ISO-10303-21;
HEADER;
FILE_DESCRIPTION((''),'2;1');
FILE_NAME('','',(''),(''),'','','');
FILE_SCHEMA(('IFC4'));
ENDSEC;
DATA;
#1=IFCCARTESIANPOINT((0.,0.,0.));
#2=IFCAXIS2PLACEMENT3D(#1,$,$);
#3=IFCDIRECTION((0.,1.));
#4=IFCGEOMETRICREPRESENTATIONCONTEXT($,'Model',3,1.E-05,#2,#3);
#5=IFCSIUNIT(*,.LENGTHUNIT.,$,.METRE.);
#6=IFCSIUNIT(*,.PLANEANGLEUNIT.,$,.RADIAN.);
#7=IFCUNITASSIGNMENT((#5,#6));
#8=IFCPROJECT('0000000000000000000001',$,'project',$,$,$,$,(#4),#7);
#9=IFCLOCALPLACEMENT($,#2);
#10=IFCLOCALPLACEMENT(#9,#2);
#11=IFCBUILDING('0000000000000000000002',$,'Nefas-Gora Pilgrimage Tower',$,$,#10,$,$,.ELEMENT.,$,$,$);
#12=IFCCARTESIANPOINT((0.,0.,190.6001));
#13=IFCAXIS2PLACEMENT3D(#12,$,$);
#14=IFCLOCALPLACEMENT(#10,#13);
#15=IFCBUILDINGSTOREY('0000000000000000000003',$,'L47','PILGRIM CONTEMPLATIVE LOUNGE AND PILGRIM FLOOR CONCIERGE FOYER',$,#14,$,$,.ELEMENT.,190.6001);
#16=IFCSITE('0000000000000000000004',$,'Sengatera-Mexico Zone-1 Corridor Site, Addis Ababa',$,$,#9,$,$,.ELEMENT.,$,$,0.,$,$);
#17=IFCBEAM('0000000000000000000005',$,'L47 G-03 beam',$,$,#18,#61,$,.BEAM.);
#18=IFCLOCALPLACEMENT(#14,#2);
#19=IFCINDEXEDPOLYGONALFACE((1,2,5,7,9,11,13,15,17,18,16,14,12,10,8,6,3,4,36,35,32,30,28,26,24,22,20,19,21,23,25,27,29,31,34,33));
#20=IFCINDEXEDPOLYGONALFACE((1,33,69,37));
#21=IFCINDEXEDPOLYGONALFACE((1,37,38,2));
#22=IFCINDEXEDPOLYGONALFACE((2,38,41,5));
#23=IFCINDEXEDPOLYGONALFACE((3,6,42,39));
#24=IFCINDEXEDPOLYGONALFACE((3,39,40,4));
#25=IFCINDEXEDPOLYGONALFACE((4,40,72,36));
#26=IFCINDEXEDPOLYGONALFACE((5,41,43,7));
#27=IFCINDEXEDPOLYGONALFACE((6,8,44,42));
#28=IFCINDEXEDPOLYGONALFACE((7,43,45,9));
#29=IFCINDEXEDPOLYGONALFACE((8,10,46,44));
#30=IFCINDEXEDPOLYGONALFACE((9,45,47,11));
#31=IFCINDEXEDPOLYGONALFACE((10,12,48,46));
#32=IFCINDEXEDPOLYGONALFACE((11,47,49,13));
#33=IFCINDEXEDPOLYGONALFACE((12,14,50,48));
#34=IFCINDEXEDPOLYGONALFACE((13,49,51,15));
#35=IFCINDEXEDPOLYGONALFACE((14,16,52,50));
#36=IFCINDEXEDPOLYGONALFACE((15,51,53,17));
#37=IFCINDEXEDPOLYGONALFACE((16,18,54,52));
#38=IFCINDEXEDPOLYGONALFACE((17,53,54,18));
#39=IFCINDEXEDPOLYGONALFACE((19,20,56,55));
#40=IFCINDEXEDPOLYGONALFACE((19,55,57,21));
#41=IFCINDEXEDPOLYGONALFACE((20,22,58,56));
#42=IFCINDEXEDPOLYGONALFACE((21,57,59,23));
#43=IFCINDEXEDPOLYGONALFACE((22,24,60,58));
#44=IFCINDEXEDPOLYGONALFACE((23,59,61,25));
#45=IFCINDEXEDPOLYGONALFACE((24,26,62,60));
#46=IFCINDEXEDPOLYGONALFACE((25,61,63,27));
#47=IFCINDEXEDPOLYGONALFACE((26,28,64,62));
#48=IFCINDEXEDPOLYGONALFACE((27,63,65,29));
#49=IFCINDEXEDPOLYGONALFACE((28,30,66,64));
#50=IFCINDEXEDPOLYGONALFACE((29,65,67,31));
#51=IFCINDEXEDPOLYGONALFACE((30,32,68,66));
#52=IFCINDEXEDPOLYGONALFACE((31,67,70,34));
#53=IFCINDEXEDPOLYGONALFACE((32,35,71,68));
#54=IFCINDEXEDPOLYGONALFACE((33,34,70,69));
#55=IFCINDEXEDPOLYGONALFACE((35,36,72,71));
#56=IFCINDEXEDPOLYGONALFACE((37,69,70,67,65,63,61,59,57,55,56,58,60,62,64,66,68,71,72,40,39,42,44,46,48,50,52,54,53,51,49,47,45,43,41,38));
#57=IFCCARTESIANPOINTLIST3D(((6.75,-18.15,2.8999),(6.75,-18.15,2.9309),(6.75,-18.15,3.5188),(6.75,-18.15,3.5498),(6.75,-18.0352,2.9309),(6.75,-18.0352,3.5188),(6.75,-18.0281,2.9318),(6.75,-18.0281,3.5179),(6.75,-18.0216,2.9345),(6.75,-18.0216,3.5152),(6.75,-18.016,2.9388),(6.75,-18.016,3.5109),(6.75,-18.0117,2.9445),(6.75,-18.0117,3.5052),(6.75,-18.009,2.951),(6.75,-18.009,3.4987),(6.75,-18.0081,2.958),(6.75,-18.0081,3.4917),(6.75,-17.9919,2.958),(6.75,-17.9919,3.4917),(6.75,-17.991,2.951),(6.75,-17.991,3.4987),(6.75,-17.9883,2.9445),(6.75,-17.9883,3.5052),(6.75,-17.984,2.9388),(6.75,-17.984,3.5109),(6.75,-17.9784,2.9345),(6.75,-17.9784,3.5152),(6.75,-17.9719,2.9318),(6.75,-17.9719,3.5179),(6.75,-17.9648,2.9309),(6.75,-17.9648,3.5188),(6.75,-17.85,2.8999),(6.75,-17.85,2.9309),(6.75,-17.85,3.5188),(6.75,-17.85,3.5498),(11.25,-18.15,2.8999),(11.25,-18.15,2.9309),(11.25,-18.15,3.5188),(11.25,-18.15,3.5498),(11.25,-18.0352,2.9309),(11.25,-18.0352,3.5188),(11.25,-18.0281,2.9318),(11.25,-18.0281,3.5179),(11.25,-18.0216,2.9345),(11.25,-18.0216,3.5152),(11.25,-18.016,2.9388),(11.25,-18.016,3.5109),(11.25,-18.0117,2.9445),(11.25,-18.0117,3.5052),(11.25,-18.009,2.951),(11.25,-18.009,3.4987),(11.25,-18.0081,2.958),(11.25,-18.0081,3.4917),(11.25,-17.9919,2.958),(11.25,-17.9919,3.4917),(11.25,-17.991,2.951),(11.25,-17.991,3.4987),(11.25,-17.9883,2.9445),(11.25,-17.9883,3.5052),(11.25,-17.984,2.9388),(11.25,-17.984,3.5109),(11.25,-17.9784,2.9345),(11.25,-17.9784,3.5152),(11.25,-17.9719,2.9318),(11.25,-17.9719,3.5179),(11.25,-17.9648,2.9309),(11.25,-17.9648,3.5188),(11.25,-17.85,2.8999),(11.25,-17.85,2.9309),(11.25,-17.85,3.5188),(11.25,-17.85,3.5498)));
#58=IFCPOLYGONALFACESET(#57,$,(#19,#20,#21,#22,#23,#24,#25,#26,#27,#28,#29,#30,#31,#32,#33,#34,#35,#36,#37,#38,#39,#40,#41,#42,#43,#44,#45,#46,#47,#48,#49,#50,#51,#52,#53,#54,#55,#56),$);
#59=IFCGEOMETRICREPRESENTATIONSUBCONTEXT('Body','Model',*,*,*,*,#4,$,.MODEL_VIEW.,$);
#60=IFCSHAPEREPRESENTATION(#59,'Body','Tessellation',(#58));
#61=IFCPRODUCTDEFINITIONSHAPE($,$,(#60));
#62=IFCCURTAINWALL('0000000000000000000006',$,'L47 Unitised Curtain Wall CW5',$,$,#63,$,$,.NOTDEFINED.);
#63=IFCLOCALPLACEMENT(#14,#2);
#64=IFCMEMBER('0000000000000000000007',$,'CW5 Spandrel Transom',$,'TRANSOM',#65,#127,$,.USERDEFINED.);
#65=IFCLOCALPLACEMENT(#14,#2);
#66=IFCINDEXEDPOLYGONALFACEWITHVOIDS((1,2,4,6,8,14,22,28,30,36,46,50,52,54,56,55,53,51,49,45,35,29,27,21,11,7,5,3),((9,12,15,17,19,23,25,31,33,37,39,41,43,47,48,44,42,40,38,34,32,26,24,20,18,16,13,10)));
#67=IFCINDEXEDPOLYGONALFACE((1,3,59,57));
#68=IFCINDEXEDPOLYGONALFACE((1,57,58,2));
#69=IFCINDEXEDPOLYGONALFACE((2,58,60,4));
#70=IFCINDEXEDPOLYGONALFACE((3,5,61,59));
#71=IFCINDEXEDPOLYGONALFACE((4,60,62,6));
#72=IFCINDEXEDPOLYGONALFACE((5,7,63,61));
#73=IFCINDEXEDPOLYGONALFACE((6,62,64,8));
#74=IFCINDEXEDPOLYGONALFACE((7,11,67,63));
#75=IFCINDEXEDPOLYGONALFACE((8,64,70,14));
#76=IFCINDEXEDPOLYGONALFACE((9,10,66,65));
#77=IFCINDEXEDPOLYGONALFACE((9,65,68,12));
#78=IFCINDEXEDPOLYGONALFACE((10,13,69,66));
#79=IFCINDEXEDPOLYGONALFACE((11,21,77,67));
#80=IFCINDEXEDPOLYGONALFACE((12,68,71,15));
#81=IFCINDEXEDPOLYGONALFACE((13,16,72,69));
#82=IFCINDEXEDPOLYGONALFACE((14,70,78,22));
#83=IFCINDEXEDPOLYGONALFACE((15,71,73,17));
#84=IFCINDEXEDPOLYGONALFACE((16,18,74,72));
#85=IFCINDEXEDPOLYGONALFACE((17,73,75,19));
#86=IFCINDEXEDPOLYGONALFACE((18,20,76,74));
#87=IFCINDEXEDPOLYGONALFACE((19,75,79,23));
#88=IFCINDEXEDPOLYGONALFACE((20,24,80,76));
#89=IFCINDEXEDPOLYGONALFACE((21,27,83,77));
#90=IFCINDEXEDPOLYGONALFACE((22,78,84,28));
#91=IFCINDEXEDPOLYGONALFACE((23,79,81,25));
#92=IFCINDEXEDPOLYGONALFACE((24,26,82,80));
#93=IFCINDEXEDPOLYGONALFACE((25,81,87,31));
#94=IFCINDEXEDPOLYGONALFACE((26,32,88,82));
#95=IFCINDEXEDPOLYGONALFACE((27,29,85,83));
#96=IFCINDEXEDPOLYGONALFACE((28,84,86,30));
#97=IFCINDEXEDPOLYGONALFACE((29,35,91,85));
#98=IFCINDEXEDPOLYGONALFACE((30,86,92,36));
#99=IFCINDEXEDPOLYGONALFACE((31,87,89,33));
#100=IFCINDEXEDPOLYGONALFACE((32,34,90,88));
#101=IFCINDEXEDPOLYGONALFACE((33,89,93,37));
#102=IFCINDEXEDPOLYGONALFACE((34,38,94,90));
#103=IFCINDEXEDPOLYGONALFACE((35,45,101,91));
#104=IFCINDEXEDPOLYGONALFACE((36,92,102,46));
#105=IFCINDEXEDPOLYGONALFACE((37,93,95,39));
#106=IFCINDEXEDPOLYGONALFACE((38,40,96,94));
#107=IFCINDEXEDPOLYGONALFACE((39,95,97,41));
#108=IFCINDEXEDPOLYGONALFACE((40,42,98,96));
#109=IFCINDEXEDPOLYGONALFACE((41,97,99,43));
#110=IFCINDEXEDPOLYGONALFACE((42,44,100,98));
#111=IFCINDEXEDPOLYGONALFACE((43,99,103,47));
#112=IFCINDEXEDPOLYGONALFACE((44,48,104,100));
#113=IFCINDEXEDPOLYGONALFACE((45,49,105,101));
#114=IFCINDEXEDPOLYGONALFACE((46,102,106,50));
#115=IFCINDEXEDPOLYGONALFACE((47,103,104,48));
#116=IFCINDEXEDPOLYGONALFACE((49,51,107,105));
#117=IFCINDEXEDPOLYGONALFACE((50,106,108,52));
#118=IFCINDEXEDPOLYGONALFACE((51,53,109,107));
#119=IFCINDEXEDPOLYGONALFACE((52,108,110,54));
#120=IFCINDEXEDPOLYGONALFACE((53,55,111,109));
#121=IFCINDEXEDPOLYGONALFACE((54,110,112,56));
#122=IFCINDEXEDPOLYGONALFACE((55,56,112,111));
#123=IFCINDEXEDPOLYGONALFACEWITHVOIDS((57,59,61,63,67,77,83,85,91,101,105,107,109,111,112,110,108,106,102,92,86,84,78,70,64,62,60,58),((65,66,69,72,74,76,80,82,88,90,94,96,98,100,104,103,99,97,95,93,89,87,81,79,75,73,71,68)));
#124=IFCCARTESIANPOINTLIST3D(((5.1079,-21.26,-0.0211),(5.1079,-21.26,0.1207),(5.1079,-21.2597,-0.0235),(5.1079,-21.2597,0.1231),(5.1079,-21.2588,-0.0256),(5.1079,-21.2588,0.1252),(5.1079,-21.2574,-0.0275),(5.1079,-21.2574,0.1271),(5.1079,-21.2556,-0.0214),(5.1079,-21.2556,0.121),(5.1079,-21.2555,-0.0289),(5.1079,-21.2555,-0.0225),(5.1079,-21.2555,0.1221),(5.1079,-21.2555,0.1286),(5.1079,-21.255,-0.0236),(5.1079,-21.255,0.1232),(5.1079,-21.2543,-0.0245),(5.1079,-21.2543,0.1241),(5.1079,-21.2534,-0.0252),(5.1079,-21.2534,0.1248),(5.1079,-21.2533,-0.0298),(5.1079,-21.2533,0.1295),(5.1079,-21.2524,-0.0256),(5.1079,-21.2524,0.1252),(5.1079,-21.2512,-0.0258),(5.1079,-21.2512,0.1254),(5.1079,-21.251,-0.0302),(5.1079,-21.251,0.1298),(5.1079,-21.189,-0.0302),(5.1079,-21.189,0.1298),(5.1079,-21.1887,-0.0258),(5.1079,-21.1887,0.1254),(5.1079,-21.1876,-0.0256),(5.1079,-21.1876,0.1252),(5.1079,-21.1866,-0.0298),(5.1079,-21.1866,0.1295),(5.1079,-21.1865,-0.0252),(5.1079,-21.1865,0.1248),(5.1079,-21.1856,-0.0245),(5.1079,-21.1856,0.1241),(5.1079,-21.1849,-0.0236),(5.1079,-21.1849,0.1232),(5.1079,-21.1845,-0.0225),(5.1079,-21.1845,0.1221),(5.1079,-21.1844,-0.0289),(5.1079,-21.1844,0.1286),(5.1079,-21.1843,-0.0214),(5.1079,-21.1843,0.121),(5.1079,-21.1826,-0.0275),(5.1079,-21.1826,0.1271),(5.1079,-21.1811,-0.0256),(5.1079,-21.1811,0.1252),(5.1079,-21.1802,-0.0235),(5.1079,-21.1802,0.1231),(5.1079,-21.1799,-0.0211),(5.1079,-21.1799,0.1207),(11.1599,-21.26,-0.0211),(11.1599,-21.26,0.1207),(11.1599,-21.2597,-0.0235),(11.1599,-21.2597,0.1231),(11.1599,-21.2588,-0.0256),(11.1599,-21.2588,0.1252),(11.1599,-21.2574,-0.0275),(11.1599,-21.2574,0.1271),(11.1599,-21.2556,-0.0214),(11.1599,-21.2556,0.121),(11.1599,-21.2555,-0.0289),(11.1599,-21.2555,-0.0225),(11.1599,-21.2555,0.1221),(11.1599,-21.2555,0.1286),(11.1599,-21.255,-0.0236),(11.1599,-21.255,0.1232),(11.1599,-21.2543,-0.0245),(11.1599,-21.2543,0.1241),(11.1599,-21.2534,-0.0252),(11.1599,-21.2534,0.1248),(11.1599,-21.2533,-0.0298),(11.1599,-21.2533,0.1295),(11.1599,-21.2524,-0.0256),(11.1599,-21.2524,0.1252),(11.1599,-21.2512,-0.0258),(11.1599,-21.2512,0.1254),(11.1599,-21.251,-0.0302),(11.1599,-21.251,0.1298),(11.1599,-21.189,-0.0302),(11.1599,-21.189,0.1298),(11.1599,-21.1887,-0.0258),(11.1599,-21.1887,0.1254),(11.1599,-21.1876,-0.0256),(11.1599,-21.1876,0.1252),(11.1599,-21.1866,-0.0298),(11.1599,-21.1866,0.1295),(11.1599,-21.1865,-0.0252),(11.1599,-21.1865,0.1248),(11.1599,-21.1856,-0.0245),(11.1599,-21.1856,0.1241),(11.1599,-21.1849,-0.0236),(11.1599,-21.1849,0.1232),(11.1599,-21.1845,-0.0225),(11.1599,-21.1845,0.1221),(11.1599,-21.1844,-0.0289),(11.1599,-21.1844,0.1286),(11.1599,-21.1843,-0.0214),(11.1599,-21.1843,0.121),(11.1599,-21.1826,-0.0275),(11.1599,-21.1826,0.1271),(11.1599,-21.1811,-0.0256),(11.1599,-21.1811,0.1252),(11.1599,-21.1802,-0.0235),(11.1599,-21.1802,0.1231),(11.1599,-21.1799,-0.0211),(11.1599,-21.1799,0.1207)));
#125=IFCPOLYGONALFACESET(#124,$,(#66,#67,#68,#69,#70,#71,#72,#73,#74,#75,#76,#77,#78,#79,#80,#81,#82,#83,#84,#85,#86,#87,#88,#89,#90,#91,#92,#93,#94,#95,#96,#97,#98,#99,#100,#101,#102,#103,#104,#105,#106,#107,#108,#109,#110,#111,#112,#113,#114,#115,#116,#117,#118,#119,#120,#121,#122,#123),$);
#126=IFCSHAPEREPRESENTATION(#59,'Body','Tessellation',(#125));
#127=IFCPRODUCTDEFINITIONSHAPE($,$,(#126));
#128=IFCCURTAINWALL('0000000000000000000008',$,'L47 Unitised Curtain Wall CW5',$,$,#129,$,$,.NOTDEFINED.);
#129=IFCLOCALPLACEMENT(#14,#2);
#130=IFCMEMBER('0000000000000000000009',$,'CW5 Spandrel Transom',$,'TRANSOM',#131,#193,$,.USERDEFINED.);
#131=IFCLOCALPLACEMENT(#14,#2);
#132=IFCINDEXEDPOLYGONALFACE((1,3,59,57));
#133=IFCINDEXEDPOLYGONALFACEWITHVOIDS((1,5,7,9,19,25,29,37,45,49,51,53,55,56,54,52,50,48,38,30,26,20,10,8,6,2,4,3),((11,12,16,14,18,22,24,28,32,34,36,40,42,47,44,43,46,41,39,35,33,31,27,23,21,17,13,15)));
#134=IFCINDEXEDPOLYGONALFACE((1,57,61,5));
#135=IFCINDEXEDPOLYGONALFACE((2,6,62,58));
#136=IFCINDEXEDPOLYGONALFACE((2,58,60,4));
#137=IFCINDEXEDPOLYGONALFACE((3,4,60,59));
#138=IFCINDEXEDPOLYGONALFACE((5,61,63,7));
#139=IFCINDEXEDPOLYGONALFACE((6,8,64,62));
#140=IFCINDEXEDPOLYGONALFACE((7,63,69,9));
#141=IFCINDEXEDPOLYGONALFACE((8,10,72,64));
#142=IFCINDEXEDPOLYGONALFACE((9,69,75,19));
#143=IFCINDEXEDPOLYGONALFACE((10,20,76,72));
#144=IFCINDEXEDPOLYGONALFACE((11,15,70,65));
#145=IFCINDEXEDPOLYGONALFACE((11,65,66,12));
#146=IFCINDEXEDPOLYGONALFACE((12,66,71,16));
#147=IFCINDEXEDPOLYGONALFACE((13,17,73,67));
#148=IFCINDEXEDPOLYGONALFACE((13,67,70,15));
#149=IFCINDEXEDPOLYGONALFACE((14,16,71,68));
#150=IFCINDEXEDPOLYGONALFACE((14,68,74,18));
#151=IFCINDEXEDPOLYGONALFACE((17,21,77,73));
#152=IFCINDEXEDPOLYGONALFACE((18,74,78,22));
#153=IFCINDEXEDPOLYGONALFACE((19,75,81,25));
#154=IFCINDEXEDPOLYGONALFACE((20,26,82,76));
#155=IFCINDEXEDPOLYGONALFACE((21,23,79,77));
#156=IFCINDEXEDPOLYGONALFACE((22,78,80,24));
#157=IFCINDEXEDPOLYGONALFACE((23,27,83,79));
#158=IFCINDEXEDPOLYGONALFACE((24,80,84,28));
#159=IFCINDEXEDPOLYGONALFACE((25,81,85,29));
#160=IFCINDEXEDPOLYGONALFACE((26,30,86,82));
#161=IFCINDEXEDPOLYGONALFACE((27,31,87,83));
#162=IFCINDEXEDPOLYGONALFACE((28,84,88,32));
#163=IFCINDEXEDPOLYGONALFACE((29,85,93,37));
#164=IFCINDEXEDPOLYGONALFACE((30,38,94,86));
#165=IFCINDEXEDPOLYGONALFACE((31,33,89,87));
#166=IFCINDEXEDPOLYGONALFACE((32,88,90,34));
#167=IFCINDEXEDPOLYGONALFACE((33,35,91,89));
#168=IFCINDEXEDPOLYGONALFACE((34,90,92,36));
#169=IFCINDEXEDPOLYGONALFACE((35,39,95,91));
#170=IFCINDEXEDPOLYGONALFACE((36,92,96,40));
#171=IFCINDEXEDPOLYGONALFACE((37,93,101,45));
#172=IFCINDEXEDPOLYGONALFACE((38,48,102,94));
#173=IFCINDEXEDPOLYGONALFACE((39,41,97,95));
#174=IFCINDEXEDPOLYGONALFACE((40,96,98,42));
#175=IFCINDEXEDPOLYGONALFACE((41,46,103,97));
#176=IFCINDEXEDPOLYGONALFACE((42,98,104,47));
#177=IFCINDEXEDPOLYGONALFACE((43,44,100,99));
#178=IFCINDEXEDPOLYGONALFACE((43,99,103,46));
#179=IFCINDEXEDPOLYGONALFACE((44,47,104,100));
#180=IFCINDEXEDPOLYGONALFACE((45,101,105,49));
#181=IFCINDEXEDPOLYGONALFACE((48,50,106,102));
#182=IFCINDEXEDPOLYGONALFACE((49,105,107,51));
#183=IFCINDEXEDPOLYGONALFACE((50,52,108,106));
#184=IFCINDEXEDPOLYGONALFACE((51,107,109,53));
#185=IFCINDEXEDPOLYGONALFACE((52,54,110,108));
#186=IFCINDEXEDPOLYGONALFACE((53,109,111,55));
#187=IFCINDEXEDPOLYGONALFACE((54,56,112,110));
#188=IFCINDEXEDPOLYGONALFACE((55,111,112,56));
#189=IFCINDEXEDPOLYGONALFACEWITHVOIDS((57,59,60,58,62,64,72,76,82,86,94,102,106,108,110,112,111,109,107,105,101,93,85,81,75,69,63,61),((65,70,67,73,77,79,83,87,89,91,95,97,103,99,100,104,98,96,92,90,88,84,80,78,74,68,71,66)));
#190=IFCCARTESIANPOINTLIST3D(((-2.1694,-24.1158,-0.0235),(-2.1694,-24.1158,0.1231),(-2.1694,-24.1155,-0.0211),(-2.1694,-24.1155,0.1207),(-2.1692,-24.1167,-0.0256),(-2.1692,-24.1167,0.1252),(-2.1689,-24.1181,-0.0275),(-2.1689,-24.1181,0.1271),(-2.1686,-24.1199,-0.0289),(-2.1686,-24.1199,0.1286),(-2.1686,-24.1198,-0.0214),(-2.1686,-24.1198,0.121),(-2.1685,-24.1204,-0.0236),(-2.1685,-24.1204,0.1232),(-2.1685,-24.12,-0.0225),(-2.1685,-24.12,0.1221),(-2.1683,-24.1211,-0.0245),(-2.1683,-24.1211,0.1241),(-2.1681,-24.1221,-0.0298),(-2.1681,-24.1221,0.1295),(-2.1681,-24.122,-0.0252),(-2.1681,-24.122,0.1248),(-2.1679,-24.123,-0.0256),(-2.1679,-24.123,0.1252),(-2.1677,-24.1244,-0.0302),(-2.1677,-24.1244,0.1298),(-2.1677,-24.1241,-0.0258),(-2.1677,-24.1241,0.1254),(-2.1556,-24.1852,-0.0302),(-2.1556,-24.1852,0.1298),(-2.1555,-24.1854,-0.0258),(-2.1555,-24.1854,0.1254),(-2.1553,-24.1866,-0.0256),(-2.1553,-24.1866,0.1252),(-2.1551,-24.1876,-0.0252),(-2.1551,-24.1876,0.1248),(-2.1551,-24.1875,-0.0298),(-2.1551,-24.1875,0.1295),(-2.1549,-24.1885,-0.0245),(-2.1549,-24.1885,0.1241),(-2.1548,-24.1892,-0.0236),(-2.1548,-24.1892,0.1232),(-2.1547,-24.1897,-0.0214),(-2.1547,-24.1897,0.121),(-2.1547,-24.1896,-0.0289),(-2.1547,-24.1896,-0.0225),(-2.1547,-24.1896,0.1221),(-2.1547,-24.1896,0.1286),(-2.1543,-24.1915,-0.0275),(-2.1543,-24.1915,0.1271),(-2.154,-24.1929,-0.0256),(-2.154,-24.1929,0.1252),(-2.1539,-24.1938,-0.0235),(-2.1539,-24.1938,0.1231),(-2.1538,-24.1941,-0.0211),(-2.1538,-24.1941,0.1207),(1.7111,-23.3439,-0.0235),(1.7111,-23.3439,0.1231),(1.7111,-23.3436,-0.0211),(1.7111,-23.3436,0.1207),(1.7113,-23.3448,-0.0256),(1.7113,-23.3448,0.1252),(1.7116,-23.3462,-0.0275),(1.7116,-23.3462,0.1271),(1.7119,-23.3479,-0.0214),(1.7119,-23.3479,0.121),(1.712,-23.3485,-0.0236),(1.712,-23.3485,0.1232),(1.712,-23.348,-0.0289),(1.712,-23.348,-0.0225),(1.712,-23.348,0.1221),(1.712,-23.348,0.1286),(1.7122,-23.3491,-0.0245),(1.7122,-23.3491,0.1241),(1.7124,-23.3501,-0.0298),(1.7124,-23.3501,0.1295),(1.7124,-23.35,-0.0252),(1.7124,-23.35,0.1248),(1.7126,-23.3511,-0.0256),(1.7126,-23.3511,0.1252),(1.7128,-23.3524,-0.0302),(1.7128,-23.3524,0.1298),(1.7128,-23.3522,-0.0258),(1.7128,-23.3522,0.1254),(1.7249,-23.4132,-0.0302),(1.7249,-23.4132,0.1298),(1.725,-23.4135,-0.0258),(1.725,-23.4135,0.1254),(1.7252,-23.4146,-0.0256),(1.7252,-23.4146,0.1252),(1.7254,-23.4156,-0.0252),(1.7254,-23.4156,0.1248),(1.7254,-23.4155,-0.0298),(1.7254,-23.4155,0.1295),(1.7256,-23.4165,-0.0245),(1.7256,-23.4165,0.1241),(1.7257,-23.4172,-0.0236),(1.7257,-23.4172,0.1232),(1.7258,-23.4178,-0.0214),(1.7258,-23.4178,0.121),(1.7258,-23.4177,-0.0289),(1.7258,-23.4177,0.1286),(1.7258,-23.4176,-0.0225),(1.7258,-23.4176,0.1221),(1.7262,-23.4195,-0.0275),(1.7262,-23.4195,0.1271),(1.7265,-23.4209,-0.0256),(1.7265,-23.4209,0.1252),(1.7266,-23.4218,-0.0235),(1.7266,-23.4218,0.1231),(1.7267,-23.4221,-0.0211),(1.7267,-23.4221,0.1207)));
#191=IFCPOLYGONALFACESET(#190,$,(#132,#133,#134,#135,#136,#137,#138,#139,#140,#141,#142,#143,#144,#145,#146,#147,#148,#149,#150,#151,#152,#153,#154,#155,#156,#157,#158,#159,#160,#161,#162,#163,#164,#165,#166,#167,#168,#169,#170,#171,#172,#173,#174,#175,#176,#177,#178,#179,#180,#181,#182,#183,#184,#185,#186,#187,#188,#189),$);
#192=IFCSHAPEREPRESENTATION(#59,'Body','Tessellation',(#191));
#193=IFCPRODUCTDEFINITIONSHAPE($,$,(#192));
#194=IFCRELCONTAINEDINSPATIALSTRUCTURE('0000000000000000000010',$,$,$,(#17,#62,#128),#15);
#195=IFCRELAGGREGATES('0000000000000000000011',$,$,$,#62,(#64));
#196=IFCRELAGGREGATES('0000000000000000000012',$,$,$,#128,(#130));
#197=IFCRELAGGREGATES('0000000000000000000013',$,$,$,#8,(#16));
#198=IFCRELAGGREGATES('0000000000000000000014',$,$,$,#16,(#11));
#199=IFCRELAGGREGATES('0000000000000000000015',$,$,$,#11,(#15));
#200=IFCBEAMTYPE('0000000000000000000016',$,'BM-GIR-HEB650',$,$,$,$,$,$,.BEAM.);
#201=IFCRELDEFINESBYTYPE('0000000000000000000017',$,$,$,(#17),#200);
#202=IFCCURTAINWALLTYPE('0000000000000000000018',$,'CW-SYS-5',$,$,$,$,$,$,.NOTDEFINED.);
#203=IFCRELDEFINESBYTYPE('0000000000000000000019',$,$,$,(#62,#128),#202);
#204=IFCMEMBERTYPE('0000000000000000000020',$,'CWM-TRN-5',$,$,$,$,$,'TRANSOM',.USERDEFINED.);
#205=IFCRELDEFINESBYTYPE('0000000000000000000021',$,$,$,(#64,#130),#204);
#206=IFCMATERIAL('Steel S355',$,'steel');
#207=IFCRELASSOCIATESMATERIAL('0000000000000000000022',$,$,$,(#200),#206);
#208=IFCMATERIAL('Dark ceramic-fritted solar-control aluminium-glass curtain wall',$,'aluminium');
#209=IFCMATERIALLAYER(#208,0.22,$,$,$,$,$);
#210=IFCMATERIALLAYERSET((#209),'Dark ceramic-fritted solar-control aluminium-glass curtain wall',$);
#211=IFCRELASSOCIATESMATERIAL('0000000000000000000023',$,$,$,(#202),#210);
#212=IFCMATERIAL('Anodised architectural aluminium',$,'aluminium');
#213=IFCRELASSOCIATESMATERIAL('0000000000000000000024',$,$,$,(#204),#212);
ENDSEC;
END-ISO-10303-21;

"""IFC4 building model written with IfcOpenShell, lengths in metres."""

from ifc_helpers import new_model, si_unit, direction, frame, origin, origin_2d, place, context, subcontext, project, spatial, hollow_rectangle, i_section, extrude, source, transform, mapped, material, layer, layer_set, material_profile, profile_set, type_object, element, aggregate, save


model = new_model("IFC4")

# Units and contexts
model_context = context("Model", 3, precision=1e-05, world=origin(), true_north=direction((0.0, 1.0)))
body_context = subcontext(model_context, "Body", "Model", "MODEL_VIEW")
ifc_project = project(units=[si_unit("LENGTHUNIT", "METRE"), si_unit("PLANEANGLEUNIT", "RADIAN")], contexts=[model_context])

# Site, building, storey
site_placement = place(None, origin())
site = spatial("IfcSite", under=ifc_project, at=site_placement, Name="Sengatera-Mexico Zone-1 Corridor Site, Addis Ababa", CompositionType="ELEMENT", RefElevation=0.0)
building_placement = place(site_placement, origin())
building = spatial("IfcBuilding", under=site, at=building_placement, Name="Nefas-Gora Pilgrimage Tower", CompositionType="ELEMENT")
storey_placement = place(building_placement, frame((0.0, 0.0, 190.6001)))
storey = spatial("IfcBuildingStorey", under=building, at=storey_placement, Name="L47", Description="PILGRIM CONTEMPLATIVE LOUNGE AND PILGRIM FLOOR CONCIERGE FOYER", CompositionType="ELEMENT", Elevation=190.6001)

# Beam
ifc_material_1 = material(Name="Steel S355", Category="steel")
ifc_material_profile_1 = material_profile(ifc_material_1, i_section(OverallWidth=0.3, OverallDepth=0.6499, WebThickness=0.0161, FlangeThickness=0.031, FilletRadius=0.0271, at=origin_2d()), Name="HEB 650")
ifc_profile_set_1 = profile_set([ifc_material_profile_1], Name="Steel S355")
beam_type_1 = type_object("IfcBeamType", Name="BM-GIR-HEB650", PredefinedType="BEAM", material=ifc_profile_set_1)
shared_shape_1 = source(origin(), body_context, "Body", "SweptSolid", [
    extrude(i_section(OverallWidth=0.3, OverallDepth=0.6499, WebThickness=0.0161, FlangeThickness=0.031, FilletRadius=0.0271, at=origin_2d()), origin(), (0.0, 0.0, 1.0), 4.5),
])
for number, where, z_axis, x_axis, name in (
    (1, (6.75, -18.0, 3.2249), (1.0, 0.0, 0.0), (0.0, 1.0, 0.0), "L47 G-03 beam"),
):
    element("IfcBeam", number, at=place(storey_placement, frame(where, z_axis=z_axis, x_axis=x_axis)), inside=storey, type_object=beam_type_1, Name=name, PredefinedType="BEAM", context=body_context, shape_type="MappedRepresentation", body=[
        mapped(shared_shape_1, transform((0.0, 0.0, 0.0), x_axis=(1.0, 0.0, 0.0), y_axis=(0.0, 1.0, 0.0), z_axis=(0.0, 0.0, 1.0), scale=1.0)),
    ])

# Curtain walls, members
ifc_material_2 = material(Name="Dark ceramic-fritted solar-control aluminium-glass curtain wall", Category="aluminium")
ifc_layer_1 = layer(ifc_material_2, 0.22)
ifc_layer_set_1 = layer_set([ifc_layer_1], Name="Dark ceramic-fritted solar-control aluminium-glass curtain wall")
curtain_wall_type = type_object("IfcCurtainWallType", Name="CW-SYS-5", PredefinedType="NOTDEFINED", material=ifc_layer_set_1)
curtain_wall_1_placement = place(storey_placement, origin())
curtain_wall_1 = element("IfcCurtainWall", 2, at=curtain_wall_1_placement, inside=storey, type_object=curtain_wall_type, Name="L47 Unitised Curtain Wall CW5", PredefinedType="NOTDEFINED")
ifc_material_3 = material(Name="Anodised architectural aluminium", Category="aluminium")
ifc_material_profile_2 = material_profile(ifc_material_3, hollow_rectangle(XDim=0.0801, YDim=0.1599, WallThickness=0.0044, InnerFilletRadius=0.0044, OuterFilletRadius=0.009, at=origin_2d()), Name="ALU TRANSOM 80x160")
ifc_profile_set_2 = profile_set([ifc_material_profile_2], Name="Anodised architectural aluminium")
member_type_1 = type_object("IfcMemberType", Name="CWM-TRN-5", ElementType="TRANSOM", PredefinedType="USERDEFINED", material=ifc_profile_set_2)
shared_shape_2 = source(origin(), body_context, "Body", "SweptSolid", [
    extrude(hollow_rectangle(XDim=0.0801, YDim=0.1599, WallThickness=0.0044, InnerFilletRadius=0.0044, OuterFilletRadius=0.009, at=origin_2d()), origin(), (0.0, 0.0, 1.0), 6.052),
])
member_1_placement = place(storey_placement, frame((5.1079, -21.22, 0.0498), z_axis=(1.0, 0.0, 0.0), x_axis=(0.0, 1.0, 0.0)))
member_1 = element("IfcMember", 3, at=member_1_placement, type_object=member_type_1, Name="CW5 Spandrel Transom", ObjectType="TRANSOM", PredefinedType="USERDEFINED", context=body_context, shape_type="MappedRepresentation", body=[
    mapped(shared_shape_2, transform((0.0, 0.0, 0.0), x_axis=(1.0, 0.0, 0.0), y_axis=(0.0, 1.0, 0.0), z_axis=(0.0, 0.0, 1.0), scale=1.0)),
])
curtain_wall_2_placement = place(storey_placement, origin())
curtain_wall_2 = element("IfcCurtainWall", 4, at=curtain_wall_2_placement, inside=storey, type_object=curtain_wall_type, Name="L47 Unitised Curtain Wall CW5", PredefinedType="NOTDEFINED")
shared_shape_3 = source(origin(), body_context, "Body", "SweptSolid", [
    extrude(hollow_rectangle(XDim=0.0801, YDim=0.1599, WallThickness=0.0044, InnerFilletRadius=0.0044, OuterFilletRadius=0.009, at=origin_2d()), origin(), (0.0, 0.0, 1.0), 3.9565),
])
member_2_placement = place(storey_placement, frame((-2.1616, -24.1548, 0.0498), z_axis=(0.980782, 0.195107, 0.0), x_axis=(-0.195107, 0.980782, 0.0)))
member_2 = element("IfcMember", 5, at=member_2_placement, type_object=member_type_1, Name="CW5 Spandrel Transom", ObjectType="TRANSOM", PredefinedType="USERDEFINED", context=body_context, shape_type="MappedRepresentation", body=[
    mapped(shared_shape_3, transform((0.0, 0.0, 0.0), x_axis=(1.0, 0.0, 0.0), y_axis=(0.0, 1.0, 0.0), z_axis=(0.0, 0.0, 1.0), scale=1.0)),
])

aggregate(curtain_wall_1, [member_1])
aggregate(curtain_wall_2, [member_2])

save(model, "model.ifc")
